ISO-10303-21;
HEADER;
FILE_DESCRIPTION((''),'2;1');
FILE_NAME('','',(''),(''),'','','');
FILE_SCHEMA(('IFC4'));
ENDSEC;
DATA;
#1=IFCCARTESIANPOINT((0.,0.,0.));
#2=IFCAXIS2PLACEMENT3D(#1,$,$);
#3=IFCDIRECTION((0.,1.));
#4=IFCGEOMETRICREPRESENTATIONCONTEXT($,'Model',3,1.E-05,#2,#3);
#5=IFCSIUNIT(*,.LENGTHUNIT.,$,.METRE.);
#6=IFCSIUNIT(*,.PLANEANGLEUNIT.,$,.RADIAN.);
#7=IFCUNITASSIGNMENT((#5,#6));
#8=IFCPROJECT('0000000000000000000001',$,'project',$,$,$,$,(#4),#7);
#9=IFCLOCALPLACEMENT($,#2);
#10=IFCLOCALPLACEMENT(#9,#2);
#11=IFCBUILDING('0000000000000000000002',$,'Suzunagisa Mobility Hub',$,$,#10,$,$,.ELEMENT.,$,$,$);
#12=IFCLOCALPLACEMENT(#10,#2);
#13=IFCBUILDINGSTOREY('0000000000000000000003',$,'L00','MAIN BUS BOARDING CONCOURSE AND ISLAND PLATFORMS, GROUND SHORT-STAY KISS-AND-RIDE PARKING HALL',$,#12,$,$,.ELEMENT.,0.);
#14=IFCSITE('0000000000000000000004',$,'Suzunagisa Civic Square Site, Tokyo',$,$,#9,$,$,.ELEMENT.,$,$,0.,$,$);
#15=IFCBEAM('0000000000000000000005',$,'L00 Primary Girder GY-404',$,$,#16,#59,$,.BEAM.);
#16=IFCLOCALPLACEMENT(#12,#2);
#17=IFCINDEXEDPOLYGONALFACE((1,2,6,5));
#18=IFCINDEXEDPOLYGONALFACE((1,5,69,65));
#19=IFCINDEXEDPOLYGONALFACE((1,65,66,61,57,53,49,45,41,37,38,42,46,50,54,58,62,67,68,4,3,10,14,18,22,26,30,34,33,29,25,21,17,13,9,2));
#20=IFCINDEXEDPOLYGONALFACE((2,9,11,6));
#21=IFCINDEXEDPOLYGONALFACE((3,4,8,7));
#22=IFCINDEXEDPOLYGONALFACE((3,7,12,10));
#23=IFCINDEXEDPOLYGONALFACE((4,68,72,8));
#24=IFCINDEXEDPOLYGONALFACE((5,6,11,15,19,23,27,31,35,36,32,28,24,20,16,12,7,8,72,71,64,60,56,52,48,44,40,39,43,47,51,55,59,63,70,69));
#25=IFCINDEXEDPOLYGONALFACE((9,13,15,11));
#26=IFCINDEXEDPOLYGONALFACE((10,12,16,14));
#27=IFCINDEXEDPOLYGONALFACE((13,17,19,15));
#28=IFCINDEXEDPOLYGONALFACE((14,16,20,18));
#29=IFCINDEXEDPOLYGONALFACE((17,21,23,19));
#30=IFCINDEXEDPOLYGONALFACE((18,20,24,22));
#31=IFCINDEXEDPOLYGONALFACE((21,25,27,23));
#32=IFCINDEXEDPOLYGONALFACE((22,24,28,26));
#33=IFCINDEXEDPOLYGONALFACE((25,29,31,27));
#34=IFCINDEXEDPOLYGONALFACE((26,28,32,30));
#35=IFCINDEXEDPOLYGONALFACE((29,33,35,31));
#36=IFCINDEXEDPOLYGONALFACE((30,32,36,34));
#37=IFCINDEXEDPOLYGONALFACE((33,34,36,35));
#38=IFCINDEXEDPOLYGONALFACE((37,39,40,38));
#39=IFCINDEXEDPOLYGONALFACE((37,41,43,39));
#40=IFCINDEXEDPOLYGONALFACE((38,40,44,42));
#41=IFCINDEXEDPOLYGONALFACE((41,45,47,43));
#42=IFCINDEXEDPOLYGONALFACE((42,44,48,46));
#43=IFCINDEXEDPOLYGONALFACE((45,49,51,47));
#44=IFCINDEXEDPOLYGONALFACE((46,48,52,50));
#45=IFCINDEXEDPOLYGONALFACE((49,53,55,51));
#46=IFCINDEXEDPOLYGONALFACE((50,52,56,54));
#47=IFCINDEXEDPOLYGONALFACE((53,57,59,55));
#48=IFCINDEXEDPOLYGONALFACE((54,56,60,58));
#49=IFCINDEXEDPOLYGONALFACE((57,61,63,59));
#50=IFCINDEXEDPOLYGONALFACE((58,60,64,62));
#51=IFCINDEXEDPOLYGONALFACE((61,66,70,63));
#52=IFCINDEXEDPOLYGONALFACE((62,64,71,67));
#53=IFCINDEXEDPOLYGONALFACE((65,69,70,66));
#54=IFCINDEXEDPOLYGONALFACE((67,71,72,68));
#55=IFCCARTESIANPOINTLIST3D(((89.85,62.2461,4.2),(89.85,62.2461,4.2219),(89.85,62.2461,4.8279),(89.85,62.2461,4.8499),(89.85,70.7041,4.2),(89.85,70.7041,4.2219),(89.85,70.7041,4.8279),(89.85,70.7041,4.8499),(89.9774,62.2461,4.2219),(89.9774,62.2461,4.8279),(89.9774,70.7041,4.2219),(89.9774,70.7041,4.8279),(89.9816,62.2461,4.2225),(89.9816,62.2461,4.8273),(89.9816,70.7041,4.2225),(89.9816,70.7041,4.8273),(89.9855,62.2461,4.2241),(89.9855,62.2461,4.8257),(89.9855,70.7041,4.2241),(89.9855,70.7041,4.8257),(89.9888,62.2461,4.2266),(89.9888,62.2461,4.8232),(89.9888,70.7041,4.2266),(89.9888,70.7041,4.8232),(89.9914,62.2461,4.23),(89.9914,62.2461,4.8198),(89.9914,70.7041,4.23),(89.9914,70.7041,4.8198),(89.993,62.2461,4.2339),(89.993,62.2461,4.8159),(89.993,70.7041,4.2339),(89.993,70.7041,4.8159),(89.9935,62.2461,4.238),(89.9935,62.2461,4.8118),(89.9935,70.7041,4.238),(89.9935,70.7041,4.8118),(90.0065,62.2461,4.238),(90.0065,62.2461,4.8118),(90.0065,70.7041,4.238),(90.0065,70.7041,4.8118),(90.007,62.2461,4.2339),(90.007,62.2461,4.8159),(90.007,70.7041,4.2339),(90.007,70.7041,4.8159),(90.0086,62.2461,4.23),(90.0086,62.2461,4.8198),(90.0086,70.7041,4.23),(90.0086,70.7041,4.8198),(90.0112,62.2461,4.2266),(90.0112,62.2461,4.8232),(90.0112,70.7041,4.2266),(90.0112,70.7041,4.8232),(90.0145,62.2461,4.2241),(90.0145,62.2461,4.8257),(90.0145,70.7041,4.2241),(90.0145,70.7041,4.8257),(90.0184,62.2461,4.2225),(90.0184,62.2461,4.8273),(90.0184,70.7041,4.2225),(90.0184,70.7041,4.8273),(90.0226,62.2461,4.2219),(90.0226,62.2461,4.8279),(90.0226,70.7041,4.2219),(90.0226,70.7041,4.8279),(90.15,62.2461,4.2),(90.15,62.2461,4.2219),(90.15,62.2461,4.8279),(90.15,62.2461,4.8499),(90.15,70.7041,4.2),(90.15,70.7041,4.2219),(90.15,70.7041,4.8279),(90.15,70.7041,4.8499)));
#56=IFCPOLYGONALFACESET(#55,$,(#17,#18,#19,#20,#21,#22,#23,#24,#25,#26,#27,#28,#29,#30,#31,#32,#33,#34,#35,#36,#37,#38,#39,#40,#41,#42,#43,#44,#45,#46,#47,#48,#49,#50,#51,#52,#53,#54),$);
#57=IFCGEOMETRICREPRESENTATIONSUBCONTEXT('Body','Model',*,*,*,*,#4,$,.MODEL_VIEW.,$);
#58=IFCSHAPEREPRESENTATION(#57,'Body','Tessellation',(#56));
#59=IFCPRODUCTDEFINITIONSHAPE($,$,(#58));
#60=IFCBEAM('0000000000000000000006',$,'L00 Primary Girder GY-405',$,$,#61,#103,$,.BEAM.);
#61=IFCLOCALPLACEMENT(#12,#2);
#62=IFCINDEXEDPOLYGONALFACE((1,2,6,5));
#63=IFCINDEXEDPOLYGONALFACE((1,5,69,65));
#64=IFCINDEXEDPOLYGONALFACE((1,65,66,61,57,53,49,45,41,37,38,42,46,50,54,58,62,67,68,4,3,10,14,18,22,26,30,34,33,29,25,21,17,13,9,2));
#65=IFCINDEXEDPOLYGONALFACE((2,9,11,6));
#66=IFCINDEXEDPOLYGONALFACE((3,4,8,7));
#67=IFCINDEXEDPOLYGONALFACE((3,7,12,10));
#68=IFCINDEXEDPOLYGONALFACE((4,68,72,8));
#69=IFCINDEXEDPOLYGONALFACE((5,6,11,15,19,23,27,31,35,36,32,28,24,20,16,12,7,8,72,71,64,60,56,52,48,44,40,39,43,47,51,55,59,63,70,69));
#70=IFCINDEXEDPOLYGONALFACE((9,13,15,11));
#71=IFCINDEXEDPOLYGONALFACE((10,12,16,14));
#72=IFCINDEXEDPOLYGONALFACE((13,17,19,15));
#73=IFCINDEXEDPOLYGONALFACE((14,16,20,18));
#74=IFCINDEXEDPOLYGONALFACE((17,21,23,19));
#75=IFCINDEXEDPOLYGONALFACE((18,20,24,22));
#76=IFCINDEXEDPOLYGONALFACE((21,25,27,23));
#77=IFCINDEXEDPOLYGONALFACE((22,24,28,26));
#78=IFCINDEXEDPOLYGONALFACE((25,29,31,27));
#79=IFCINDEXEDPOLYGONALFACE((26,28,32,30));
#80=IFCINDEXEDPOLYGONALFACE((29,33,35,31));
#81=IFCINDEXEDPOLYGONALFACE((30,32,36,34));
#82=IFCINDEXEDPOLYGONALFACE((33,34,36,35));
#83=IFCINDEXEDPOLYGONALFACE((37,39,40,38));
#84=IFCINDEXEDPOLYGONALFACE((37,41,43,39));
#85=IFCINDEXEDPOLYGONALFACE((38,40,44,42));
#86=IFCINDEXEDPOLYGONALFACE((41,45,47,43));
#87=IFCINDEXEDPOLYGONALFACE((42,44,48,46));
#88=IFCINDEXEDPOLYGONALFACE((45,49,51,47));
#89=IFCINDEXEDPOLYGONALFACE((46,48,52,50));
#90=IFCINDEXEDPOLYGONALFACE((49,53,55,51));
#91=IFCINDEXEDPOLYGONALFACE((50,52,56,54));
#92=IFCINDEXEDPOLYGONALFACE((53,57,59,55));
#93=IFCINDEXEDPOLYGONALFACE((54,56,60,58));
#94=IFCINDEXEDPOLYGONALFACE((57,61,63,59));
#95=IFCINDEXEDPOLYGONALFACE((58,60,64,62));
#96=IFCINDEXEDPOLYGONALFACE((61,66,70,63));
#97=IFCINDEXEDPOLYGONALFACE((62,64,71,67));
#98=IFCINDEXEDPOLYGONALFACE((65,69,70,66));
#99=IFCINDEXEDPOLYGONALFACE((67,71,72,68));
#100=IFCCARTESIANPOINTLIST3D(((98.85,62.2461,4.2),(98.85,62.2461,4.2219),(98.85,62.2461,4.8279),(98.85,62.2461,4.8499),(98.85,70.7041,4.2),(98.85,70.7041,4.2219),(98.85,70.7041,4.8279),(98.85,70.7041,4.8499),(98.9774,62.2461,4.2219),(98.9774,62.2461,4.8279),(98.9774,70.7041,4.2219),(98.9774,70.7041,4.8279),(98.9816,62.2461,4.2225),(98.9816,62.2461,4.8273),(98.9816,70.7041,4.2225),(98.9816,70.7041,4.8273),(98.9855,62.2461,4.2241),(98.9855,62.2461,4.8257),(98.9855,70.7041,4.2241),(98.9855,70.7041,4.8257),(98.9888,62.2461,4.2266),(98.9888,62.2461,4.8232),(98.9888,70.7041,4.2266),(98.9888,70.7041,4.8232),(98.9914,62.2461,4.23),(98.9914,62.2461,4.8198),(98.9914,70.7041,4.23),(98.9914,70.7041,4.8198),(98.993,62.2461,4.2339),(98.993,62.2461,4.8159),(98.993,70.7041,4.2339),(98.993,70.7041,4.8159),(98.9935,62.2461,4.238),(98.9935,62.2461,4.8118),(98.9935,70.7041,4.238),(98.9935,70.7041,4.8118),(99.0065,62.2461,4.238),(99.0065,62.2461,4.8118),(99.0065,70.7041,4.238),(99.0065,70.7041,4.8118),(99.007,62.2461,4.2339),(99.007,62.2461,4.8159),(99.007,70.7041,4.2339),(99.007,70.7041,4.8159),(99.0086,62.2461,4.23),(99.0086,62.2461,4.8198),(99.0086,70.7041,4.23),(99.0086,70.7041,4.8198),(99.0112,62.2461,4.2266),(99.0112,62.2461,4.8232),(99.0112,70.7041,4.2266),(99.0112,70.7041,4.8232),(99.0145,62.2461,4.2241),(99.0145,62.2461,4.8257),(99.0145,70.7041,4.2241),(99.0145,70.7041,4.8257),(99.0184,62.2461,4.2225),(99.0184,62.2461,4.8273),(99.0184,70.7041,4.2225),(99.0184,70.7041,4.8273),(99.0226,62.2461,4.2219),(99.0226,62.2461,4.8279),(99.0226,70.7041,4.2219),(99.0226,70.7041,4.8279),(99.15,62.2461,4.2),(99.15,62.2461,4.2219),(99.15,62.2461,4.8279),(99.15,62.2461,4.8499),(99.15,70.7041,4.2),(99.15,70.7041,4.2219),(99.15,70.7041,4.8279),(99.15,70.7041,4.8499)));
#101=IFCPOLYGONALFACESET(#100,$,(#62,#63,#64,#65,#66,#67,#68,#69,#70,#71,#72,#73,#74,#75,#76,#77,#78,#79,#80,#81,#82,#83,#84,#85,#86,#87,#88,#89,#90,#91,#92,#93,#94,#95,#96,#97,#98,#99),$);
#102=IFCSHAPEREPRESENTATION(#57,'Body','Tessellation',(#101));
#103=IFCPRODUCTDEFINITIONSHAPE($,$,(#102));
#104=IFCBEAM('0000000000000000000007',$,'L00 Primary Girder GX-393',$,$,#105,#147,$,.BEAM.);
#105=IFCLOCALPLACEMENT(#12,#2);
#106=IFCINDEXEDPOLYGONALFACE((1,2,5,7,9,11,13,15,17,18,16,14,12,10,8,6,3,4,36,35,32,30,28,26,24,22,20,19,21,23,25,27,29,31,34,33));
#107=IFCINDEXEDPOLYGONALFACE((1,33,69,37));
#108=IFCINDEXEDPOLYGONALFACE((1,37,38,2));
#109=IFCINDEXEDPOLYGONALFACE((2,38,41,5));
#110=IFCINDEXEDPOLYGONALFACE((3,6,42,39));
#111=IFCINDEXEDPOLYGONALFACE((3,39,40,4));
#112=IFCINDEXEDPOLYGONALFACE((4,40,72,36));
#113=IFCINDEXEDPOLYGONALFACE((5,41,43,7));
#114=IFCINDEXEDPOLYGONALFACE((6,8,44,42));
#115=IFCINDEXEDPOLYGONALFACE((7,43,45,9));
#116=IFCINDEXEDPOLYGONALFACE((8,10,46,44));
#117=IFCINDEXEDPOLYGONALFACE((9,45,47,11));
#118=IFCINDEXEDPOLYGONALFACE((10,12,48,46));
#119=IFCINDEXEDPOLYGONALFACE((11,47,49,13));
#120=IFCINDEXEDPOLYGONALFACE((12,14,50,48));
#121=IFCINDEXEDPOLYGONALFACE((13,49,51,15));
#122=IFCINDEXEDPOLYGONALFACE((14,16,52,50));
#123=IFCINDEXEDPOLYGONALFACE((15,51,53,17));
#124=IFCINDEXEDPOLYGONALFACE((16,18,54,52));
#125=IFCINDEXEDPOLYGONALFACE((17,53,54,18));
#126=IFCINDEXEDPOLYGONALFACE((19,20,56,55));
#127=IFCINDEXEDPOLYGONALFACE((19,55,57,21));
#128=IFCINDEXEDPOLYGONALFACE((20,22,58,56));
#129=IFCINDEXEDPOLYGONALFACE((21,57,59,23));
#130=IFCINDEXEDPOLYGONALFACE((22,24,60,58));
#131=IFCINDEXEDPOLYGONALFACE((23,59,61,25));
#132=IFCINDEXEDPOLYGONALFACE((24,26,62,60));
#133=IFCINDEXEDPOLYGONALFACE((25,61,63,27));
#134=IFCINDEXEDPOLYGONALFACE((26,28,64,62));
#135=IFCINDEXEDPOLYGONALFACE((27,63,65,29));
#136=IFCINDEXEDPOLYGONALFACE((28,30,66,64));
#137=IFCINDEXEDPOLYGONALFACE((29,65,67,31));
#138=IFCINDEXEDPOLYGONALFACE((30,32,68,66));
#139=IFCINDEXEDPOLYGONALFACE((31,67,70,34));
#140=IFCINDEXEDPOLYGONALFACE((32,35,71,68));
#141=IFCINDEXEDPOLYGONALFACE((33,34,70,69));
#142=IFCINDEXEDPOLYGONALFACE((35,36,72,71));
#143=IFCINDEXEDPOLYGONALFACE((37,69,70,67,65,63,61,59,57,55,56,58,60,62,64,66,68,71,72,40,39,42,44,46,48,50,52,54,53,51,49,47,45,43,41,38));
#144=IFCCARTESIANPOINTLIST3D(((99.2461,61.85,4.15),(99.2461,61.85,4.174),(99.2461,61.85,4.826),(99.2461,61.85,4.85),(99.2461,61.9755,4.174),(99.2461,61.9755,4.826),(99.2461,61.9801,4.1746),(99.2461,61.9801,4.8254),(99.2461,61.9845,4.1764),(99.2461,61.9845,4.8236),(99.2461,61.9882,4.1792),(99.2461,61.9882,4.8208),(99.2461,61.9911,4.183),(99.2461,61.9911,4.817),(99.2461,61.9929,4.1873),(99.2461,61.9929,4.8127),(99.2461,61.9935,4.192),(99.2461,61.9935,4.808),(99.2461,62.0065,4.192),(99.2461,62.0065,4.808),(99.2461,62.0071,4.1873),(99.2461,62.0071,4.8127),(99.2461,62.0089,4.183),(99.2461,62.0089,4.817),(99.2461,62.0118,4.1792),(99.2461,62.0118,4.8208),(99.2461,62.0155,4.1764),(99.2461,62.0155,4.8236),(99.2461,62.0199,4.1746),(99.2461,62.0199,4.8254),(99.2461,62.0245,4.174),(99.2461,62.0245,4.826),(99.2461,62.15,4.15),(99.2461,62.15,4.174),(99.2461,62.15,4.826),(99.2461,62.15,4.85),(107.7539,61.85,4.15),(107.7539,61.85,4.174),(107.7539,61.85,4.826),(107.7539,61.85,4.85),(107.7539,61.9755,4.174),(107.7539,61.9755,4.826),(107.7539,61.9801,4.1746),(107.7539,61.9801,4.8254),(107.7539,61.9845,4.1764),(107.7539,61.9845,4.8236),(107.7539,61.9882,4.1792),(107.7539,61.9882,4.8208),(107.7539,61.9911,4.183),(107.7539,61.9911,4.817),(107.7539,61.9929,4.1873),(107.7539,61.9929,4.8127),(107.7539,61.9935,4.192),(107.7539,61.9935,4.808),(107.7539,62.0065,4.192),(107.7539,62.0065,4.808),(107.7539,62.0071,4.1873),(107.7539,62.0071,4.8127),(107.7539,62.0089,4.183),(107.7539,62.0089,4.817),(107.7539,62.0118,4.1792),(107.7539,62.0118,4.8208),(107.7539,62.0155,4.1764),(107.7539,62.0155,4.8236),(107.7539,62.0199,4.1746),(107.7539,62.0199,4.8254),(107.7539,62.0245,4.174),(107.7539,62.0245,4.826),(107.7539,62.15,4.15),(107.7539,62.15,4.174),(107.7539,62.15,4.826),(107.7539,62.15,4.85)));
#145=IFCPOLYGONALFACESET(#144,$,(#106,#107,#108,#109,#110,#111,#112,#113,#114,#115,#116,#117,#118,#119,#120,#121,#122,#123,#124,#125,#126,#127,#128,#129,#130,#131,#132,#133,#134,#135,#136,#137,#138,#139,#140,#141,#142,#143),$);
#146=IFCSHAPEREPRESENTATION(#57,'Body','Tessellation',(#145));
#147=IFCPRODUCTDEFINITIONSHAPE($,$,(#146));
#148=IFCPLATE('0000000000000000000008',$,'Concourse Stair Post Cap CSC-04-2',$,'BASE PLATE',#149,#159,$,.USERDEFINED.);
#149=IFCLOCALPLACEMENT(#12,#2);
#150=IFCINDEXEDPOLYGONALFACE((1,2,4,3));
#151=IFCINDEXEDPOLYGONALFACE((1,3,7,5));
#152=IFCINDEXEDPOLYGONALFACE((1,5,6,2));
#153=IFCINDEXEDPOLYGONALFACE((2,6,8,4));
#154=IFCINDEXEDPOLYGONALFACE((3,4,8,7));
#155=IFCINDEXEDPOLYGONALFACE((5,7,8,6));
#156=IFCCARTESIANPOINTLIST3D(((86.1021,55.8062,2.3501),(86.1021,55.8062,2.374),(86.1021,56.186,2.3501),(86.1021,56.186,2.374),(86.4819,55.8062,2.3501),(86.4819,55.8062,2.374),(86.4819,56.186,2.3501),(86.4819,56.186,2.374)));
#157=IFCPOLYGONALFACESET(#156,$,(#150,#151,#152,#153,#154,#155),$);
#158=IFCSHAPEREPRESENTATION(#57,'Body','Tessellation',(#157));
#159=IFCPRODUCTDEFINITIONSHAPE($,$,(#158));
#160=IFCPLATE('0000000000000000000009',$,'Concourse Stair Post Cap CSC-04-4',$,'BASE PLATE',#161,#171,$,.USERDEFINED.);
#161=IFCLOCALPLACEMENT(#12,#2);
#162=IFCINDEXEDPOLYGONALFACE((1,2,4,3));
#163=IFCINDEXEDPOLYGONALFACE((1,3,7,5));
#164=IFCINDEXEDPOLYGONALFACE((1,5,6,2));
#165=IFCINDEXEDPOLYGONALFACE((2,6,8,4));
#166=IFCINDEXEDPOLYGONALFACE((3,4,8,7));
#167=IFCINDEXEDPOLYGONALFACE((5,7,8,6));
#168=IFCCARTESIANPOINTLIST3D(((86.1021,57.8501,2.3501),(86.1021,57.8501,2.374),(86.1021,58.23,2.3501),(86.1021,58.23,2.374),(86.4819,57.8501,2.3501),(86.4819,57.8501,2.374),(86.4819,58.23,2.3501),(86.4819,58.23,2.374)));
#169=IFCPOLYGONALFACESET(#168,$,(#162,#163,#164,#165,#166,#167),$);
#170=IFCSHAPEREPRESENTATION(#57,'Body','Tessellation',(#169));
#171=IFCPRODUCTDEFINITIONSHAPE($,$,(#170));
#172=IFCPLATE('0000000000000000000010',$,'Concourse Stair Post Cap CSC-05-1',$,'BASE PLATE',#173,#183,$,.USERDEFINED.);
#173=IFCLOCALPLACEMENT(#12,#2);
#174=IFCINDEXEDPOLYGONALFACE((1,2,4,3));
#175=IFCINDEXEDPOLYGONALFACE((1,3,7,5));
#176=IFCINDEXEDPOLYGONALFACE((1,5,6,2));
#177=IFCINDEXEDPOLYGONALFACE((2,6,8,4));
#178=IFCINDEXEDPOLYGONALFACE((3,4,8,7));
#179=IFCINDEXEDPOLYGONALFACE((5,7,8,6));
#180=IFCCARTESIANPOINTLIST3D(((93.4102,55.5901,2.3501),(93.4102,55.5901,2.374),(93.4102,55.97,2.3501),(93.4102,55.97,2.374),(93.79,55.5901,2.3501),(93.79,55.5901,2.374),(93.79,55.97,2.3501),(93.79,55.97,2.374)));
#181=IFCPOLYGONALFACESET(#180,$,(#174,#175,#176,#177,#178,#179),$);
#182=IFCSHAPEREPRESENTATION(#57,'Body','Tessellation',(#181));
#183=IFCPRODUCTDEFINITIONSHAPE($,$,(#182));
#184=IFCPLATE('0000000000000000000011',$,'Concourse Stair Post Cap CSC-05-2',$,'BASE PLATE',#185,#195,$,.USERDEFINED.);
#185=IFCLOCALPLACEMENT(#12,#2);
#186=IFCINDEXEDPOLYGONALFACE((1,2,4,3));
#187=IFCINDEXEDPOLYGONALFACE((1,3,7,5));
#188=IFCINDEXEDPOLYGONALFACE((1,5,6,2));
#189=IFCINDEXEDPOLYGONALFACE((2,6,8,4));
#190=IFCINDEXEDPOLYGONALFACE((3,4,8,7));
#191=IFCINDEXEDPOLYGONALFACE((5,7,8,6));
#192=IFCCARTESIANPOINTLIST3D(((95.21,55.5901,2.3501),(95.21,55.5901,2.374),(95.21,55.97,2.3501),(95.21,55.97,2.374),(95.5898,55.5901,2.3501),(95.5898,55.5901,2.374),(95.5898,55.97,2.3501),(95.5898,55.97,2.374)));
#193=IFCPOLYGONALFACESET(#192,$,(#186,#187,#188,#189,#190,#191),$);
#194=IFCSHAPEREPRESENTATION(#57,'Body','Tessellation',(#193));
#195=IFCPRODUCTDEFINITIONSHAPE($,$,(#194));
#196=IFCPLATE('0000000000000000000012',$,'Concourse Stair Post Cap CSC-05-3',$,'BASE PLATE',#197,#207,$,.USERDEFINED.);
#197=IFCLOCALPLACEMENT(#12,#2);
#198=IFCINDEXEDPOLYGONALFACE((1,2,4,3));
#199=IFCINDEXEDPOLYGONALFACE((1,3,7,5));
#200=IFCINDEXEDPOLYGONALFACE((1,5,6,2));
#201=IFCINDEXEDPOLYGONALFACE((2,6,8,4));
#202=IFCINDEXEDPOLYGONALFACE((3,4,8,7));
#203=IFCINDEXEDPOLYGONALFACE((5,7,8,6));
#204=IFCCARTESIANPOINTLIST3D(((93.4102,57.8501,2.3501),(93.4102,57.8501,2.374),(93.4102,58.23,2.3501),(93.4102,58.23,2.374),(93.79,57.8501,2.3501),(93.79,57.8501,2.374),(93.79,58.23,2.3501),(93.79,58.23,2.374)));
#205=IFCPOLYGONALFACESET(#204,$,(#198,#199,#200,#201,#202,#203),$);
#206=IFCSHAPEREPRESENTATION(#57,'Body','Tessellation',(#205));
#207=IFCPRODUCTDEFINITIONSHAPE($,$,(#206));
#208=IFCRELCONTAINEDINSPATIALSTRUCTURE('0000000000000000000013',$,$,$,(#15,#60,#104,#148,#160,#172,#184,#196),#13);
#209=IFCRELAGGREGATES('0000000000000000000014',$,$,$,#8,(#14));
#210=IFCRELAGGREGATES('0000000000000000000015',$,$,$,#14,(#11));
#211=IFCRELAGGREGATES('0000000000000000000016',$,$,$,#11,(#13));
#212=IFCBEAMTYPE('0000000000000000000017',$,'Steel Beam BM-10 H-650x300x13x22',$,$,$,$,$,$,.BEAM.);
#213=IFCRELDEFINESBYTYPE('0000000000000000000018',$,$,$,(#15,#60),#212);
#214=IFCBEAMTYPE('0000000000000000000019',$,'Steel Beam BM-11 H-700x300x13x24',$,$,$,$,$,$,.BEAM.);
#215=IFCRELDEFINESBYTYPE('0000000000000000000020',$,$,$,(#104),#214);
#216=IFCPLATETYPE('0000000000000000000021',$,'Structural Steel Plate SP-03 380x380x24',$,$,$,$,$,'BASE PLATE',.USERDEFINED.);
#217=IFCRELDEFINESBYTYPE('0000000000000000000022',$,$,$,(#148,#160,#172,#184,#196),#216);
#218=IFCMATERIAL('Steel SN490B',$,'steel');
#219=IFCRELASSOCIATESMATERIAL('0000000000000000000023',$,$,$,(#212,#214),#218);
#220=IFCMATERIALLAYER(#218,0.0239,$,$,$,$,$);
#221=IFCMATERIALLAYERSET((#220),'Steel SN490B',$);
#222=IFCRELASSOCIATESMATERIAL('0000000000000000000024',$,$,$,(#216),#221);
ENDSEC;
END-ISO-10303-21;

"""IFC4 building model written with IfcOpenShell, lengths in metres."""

from ifc_helpers import new_model, si_unit, direction, frame, origin, origin_2d, place, context, subcontext, project, spatial, rectangle, i_section, extrude, material, layer, layer_set, material_profile, profile_set, type_object, element, save


model = new_model("IFC4")

# Units and contexts
model_context = context("Model", 3, precision=1e-05, world=origin(), true_north=direction((0.0, 1.0)))
body_context = subcontext(model_context, "Body", "Model", "MODEL_VIEW")
ifc_project = project(units=[si_unit("LENGTHUNIT", "METRE"), si_unit("PLANEANGLEUNIT", "RADIAN")], contexts=[model_context])

# Site, building, storey
site_placement = place(None, origin())
site = spatial("IfcSite", under=ifc_project, at=site_placement, Name="Suzunagisa Civic Square Site, Tokyo", CompositionType="ELEMENT", RefElevation=0.0)
building_placement = place(site_placement, origin())
building = spatial("IfcBuilding", under=site, at=building_placement, Name="Suzunagisa Mobility Hub", CompositionType="ELEMENT")
storey_placement = place(building_placement, origin())
storey = spatial("IfcBuildingStorey", under=building, at=storey_placement, Name="L00", Description="MAIN BUS BOARDING CONCOURSE AND ISLAND PLATFORMS, GROUND SHORT-STAY KISS-AND-RIDE PARKING HALL", CompositionType="ELEMENT", Elevation=0.0)

# Shared definitions
ifc_material_1 = material(Name="Steel SN490B", Category="steel")

# Beams
ifc_material_profile_1 = material_profile(ifc_material_1, i_section(OverallWidth=0.3, OverallDepth=0.6499, WebThickness=0.0129, FlangeThickness=0.022, FilletRadius=0.0161, at=origin_2d()), Name="H-650x300x13x22")
ifc_profile_set_1 = profile_set([ifc_material_profile_1], Name="Steel SN490B")
beam_type_1 = type_object("IfcBeamType", Name="Steel Beam BM-10 H-650x300x13x22", PredefinedType="BEAM", material=ifc_profile_set_1)
for number, where, z_axis, x_axis, name in (
    (1, (90.0, 62.2461, 4.5249), (0.0, 1.0, 0.0), (-1.0, 0.0, 0.0), "L00 Primary Girder GY-404"),
    (2, (99.0, 62.2461, 4.5249), (0.0, 1.0, 0.0), (-1.0, 0.0, 0.0), "L00 Primary Girder GY-405"),
):
    element("IfcBeam", number, at=place(storey_placement, frame(where, z_axis=z_axis, x_axis=x_axis)), inside=storey, type_object=beam_type_1, Name=name, PredefinedType="BEAM", context=body_context, shape_type="SweptSolid", body=[
        extrude(i_section(OverallWidth=0.3, OverallDepth=0.6499, WebThickness=0.0129, FlangeThickness=0.022, FilletRadius=0.0161, at=origin_2d()), origin(), (0.0, 0.0, 1.0), 8.458),
    ])
ifc_material_profile_2 = material_profile(ifc_material_1, i_section(OverallWidth=0.3, OverallDepth=0.7, WebThickness=0.0129, FlangeThickness=0.0239, FilletRadius=0.0181, at=origin_2d()), Name="H-700x300x13x24")
ifc_profile_set_2 = profile_set([ifc_material_profile_2], Name="Steel SN490B")
beam_type_2 = type_object("IfcBeamType", Name="Steel Beam BM-11 H-700x300x13x24", PredefinedType="BEAM", material=ifc_profile_set_2)
beam_1_placement = place(storey_placement, frame((99.2461, 62.0, 4.5), z_axis=(1.0, 0.0, 0.0), x_axis=(0.0, 1.0, 0.0)))
element("IfcBeam", 3, at=beam_1_placement, inside=storey, type_object=beam_type_2, Name="L00 Primary Girder GX-393", PredefinedType="BEAM", context=body_context, shape_type="SweptSolid", body=[
    extrude(i_section(OverallWidth=0.3, OverallDepth=0.7, WebThickness=0.0129, FlangeThickness=0.0239, FilletRadius=0.0181, at=origin_2d()), origin(), (0.0, 0.0, 1.0), 8.5078),
])

# Plates
ifc_layer_1 = layer(ifc_material_1, 0.0239)
ifc_layer_set_1 = layer_set([ifc_layer_1], Name="Steel SN490B")
plate_type_1 = type_object("IfcPlateType", Name="Structural Steel Plate SP-03 380x380x24", ElementType="BASE PLATE", PredefinedType="USERDEFINED", material=ifc_layer_set_1)
for number, where, z_axis, x_axis, name in (
    (4, (86.292, 55.9961, 2.3501), (0.0, 0.0, 1.0), (1.0, 0.0, 0.0), "Concourse Stair Post Cap CSC-04-2"),
    (5, (86.292, 58.04, 2.3501), (0.0, 0.0, 1.0), (1.0, 0.0, 0.0), "Concourse Stair Post Cap CSC-04-4"),
    (6, (93.6001, 55.78, 2.3501), (0.0, 0.0, 1.0), (1.0, 0.0, 0.0), "Concourse Stair Post Cap CSC-05-1"),
    (7, (95.3999, 55.78, 2.3501), (0.0, 0.0, 1.0), (1.0, 0.0, 0.0), "Concourse Stair Post Cap CSC-05-2"),
    (8, (93.6001, 58.04, 2.3501), (0.0, 0.0, 1.0), (1.0, 0.0, 0.0), "Concourse Stair Post Cap CSC-05-3"),
):
    element("IfcPlate", number, at=place(storey_placement, frame(where, z_axis=z_axis, x_axis=x_axis)), inside=storey, type_object=plate_type_1, Name=name, ObjectType="BASE PLATE", PredefinedType="USERDEFINED", context=body_context, shape_type="SweptSolid", body=[
        extrude(rectangle(XDim=0.3799, YDim=0.3799, at=origin_2d()), origin(), (0.0, 0.0, 1.0), 0.0239),
    ])

save(model, "model.ifc")
